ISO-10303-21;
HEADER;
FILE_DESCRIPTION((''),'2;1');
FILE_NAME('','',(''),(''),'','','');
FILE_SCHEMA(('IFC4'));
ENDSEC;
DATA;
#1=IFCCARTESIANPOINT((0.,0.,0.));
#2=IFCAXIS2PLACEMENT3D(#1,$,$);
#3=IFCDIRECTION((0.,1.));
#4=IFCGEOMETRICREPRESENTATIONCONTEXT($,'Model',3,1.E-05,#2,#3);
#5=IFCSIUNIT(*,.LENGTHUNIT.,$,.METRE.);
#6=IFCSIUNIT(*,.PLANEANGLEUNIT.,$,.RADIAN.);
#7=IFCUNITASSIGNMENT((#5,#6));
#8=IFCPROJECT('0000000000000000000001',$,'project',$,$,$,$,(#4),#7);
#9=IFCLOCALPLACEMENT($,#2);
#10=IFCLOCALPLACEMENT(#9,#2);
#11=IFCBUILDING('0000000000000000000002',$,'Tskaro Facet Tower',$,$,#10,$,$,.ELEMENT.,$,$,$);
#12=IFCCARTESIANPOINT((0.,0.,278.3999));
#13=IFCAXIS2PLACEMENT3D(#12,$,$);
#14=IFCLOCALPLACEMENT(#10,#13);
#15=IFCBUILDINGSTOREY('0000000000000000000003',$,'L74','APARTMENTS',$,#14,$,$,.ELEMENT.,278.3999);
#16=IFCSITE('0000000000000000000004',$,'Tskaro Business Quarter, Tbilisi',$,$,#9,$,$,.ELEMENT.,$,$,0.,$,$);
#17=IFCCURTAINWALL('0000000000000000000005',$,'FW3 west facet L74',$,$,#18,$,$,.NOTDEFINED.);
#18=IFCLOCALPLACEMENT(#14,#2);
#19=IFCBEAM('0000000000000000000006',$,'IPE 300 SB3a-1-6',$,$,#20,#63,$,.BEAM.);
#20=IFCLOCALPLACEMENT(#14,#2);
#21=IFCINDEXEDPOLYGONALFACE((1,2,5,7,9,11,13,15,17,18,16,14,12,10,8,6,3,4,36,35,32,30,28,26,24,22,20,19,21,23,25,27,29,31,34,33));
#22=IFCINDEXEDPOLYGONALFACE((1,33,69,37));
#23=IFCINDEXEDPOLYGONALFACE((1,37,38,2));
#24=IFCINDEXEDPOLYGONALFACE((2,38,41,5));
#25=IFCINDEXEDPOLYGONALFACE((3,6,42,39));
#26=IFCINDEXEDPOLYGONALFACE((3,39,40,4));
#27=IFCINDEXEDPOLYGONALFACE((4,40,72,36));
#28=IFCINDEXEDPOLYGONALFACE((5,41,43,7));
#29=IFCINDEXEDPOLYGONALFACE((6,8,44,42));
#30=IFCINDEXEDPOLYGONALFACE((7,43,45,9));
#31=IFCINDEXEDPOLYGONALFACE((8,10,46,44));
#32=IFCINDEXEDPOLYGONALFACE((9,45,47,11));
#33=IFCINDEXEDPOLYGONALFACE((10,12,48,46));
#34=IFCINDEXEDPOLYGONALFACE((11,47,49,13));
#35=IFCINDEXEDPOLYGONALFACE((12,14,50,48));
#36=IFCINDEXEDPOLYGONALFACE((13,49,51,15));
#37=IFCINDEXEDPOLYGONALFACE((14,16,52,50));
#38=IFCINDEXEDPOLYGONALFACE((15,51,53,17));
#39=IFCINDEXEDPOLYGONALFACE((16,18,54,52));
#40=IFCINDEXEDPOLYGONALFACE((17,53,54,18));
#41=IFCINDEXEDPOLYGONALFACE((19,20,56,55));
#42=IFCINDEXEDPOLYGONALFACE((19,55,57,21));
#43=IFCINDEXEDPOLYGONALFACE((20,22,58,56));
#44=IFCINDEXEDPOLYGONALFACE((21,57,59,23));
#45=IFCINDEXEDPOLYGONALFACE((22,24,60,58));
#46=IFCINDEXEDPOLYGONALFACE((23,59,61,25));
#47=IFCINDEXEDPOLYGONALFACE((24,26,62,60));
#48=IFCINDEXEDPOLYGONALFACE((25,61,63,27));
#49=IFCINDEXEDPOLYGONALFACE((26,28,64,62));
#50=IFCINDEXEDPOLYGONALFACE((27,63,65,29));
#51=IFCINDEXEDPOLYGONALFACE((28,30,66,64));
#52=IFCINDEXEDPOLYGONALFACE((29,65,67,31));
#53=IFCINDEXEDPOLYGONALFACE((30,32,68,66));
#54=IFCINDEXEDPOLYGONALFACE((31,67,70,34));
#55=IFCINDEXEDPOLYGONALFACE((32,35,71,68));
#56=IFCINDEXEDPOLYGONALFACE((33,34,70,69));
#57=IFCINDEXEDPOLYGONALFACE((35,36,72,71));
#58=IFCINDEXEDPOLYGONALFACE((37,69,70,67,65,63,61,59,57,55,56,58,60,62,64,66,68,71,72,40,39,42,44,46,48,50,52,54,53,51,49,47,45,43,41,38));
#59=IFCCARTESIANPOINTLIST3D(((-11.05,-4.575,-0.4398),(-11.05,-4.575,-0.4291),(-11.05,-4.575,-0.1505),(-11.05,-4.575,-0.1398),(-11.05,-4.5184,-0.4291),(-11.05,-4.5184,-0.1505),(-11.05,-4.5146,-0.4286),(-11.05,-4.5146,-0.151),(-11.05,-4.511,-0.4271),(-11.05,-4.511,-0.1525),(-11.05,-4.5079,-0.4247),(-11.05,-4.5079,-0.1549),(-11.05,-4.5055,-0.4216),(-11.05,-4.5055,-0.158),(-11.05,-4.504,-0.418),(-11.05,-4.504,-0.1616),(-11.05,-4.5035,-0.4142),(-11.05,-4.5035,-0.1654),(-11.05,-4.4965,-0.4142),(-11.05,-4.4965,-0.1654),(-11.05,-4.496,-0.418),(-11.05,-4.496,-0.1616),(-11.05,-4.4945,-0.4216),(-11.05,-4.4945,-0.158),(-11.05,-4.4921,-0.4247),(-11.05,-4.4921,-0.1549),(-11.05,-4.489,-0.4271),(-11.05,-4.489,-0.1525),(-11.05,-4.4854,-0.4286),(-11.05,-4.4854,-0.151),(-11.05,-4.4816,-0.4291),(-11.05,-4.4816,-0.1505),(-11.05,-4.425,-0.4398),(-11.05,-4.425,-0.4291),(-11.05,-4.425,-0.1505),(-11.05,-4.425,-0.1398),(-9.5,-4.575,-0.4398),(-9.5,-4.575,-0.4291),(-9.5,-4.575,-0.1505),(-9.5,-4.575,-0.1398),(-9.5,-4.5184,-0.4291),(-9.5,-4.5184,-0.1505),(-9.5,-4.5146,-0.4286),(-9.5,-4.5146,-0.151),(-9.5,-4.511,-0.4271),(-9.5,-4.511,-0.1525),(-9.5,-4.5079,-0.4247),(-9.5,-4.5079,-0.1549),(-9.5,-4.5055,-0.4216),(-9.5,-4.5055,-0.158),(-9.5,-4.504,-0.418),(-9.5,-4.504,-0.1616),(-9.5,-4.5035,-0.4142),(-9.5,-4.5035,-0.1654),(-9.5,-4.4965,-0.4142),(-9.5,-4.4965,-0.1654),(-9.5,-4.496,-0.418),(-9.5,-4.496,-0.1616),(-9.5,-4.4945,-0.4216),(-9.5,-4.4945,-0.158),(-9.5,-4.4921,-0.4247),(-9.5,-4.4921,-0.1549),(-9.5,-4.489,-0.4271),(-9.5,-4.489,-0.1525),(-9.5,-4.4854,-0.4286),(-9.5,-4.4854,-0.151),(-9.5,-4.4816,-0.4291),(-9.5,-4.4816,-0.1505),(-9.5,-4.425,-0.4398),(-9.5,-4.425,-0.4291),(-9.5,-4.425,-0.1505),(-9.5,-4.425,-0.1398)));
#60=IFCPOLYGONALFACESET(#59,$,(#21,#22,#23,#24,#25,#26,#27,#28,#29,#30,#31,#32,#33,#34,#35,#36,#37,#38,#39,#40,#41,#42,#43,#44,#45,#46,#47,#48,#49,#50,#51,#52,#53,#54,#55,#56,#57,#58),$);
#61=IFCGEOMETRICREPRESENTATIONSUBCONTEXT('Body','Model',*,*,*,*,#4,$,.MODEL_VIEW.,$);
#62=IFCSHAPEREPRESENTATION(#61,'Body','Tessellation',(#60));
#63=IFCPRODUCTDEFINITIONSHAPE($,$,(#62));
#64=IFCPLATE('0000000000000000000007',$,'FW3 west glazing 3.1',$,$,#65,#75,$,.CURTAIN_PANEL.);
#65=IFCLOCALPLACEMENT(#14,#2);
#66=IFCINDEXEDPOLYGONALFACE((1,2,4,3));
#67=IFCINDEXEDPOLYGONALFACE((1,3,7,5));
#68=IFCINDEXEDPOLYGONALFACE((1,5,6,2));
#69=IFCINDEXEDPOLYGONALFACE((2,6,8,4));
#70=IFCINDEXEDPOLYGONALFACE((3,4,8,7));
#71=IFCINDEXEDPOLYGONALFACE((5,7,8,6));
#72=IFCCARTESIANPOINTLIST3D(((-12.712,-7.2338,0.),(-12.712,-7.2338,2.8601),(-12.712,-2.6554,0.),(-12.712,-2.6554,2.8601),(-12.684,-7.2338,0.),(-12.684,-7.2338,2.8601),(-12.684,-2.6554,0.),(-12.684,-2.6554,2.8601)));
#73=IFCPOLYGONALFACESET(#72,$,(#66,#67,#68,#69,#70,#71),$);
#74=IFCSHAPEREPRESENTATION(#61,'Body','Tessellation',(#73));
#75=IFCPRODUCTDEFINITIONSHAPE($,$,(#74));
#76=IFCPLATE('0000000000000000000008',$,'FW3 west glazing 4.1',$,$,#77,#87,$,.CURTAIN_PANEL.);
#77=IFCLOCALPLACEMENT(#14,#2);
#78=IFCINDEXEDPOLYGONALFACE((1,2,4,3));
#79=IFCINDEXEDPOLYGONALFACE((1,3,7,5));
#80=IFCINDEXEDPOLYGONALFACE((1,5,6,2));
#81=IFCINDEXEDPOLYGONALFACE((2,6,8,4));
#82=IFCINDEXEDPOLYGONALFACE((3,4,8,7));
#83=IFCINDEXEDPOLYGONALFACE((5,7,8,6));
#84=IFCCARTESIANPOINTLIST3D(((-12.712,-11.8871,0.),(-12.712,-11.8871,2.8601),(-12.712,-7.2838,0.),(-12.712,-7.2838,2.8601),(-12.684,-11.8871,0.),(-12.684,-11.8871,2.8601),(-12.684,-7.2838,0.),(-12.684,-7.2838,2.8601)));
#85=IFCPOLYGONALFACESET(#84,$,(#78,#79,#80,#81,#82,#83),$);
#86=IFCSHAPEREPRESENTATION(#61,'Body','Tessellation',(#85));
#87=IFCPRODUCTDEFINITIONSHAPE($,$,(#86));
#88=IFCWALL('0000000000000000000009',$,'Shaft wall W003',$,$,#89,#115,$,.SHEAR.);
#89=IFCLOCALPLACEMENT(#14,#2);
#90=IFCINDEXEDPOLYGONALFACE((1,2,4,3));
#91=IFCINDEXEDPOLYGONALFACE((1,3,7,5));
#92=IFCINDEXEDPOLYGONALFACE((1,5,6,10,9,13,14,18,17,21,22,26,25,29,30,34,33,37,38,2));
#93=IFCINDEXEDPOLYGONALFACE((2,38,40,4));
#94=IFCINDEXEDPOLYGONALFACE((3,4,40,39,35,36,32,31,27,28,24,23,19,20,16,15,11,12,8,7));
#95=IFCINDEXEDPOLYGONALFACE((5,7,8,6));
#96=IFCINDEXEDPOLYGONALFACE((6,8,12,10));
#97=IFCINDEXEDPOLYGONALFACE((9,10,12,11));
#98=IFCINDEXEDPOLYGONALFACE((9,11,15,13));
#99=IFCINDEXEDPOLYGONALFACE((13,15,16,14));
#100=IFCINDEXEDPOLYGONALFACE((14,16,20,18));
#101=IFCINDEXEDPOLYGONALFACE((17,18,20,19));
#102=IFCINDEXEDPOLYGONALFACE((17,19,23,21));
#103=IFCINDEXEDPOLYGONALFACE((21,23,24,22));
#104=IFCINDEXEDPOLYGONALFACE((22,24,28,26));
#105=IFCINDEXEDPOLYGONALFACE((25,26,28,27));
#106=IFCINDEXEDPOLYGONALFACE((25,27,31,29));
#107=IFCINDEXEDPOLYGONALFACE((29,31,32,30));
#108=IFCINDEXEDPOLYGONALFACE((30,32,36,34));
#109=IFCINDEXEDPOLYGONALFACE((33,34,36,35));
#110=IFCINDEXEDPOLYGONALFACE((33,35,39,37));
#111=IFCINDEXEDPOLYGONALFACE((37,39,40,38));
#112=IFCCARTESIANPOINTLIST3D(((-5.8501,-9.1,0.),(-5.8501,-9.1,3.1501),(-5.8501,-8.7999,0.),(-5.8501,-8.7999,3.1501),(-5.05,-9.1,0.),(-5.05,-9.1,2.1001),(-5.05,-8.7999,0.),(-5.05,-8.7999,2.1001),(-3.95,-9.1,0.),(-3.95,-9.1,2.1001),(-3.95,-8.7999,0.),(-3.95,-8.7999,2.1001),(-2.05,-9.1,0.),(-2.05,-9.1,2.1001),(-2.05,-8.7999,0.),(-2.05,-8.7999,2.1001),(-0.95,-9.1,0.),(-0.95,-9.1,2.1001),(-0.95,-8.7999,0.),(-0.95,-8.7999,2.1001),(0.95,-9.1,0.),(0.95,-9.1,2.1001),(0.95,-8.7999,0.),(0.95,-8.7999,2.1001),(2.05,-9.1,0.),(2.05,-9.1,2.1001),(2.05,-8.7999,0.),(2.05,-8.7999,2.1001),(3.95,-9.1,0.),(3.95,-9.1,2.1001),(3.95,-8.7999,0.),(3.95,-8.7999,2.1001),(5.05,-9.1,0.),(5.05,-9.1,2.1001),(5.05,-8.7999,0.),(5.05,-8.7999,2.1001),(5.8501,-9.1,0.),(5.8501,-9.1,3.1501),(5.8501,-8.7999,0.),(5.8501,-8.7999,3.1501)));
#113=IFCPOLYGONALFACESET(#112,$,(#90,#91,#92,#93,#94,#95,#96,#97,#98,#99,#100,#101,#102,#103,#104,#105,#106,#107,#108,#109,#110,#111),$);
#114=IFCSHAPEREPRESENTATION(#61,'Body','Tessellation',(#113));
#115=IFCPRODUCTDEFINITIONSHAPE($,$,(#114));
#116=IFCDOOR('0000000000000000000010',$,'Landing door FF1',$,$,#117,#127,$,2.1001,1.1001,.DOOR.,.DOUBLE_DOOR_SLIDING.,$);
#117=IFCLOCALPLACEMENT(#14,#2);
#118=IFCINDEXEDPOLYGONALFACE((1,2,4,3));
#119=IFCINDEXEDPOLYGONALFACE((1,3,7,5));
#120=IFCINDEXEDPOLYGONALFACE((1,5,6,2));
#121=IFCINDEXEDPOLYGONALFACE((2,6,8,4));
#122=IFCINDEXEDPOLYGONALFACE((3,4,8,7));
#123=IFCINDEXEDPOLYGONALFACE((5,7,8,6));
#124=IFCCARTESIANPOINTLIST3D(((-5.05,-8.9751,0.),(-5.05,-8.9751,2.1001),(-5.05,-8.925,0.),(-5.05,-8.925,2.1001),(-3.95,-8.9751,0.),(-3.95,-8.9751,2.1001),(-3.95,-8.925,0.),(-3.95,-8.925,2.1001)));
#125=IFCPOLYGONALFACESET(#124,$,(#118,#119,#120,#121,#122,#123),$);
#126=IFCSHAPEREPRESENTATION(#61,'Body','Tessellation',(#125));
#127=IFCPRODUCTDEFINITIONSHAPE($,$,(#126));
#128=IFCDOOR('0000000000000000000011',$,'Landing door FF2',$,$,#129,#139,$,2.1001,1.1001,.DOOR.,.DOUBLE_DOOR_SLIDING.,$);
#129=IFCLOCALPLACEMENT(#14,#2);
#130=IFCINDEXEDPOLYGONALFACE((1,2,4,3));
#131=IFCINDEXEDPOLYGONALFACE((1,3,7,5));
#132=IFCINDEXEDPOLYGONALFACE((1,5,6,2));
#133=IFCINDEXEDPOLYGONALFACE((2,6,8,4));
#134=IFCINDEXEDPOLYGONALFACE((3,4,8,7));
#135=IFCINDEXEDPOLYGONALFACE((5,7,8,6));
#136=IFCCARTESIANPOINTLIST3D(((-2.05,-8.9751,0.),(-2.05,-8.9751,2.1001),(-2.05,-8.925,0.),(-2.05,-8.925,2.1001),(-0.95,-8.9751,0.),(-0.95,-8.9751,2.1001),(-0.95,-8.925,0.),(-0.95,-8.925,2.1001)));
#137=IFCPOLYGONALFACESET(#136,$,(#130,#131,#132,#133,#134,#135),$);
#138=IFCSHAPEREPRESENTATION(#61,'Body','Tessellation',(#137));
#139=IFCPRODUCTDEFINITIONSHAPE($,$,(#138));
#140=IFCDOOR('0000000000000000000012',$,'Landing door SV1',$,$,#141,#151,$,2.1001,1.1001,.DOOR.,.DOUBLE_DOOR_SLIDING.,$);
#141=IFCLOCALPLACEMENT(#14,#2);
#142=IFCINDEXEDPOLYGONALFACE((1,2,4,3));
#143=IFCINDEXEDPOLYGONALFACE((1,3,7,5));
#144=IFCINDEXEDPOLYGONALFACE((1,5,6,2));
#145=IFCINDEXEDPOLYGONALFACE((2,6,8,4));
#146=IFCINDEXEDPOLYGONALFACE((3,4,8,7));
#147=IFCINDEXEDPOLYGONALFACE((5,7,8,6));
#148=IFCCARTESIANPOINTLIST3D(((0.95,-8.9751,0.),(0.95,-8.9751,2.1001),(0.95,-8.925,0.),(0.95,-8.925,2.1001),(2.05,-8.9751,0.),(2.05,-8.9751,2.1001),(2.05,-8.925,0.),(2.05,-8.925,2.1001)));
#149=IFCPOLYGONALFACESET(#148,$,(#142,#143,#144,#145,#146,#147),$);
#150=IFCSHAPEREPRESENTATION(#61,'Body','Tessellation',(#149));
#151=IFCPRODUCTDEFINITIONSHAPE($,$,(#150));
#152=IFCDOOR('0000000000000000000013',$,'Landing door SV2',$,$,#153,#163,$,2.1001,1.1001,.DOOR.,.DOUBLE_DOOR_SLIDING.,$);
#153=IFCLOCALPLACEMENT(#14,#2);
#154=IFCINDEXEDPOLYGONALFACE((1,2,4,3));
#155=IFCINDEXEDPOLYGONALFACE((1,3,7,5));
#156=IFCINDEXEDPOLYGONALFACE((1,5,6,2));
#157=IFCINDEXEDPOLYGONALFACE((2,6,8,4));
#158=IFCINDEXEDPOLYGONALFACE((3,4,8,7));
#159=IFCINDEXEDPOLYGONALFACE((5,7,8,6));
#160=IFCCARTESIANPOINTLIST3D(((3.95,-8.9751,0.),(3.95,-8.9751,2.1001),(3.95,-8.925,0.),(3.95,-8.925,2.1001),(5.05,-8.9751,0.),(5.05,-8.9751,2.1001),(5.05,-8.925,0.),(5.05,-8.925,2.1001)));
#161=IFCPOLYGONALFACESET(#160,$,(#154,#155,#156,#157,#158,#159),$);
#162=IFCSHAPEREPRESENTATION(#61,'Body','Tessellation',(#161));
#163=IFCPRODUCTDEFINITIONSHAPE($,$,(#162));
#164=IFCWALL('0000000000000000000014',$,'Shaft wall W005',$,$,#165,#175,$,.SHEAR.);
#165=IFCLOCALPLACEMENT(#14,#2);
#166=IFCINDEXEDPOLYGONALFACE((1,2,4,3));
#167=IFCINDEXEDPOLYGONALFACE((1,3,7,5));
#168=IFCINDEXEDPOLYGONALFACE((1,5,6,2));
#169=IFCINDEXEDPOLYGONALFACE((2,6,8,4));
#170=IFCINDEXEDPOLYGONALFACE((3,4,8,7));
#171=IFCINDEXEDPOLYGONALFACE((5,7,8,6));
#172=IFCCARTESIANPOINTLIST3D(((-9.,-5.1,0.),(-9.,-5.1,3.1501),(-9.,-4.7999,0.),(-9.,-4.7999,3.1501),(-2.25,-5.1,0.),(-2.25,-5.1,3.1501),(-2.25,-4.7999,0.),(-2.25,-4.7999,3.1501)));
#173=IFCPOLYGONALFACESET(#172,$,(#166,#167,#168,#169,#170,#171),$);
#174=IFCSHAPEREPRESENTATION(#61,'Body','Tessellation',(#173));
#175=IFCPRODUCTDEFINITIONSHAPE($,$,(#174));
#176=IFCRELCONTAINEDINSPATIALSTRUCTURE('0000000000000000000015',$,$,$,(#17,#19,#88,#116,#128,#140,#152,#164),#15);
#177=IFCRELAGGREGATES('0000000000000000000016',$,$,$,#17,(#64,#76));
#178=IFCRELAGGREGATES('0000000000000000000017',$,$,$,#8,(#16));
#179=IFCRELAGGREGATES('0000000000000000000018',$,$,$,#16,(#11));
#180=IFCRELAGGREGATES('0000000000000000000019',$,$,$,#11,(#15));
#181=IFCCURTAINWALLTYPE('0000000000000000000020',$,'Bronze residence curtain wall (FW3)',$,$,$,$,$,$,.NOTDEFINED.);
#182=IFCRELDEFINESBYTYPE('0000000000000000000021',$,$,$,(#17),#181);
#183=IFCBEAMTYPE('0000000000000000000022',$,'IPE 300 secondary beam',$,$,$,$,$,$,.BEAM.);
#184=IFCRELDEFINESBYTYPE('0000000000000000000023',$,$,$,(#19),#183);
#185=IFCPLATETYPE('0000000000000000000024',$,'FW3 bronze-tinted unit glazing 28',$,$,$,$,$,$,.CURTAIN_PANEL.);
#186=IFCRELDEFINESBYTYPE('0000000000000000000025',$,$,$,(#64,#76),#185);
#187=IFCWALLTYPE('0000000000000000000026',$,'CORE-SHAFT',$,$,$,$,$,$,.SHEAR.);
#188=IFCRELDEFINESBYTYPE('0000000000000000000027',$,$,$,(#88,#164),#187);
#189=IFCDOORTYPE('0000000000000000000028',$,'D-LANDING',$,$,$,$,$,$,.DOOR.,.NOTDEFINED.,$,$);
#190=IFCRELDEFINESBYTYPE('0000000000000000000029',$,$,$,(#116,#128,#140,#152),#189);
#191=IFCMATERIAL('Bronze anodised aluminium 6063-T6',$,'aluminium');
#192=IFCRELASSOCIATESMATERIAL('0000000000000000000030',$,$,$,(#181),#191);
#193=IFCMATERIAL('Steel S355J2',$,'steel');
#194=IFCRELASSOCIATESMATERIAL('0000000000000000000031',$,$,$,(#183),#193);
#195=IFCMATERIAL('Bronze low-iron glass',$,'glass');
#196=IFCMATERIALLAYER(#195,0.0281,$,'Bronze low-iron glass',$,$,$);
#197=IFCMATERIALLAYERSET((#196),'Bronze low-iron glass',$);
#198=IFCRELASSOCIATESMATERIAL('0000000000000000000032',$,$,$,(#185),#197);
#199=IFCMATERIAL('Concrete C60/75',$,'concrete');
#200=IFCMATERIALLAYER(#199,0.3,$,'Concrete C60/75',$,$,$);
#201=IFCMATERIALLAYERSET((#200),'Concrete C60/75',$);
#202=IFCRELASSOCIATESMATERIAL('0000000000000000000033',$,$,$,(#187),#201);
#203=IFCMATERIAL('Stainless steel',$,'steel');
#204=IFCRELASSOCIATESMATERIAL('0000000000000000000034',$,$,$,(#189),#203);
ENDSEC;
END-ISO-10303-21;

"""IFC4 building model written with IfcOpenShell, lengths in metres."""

from ifc_helpers import new_model, si_unit, direction, frame, frame_2d, origin, origin_2d, place, context, subcontext, project, spatial, rectangle, i_section, extrude, material, layer, layer_set, material_profile, profile_set, type_object, element, fill, aggregate, save


model = new_model("IFC4")

# Units and contexts
model_context = context("Model", 3, precision=1e-05, world=origin(), true_north=direction((0.0, 1.0)))
body_context = subcontext(model_context, "Body", "Model", "MODEL_VIEW")
ifc_project = project(units=[si_unit("LENGTHUNIT", "METRE"), si_unit("PLANEANGLEUNIT", "RADIAN")], contexts=[model_context])

# Site, building, storey
site_placement = place(None, origin())
site = spatial("IfcSite", under=ifc_project, at=site_placement, Name="Tskaro Business Quarter, Tbilisi", CompositionType="ELEMENT", RefElevation=0.0)
building_placement = place(site_placement, origin())
building = spatial("IfcBuilding", under=site, at=building_placement, Name="Tskaro Facet Tower", CompositionType="ELEMENT")
storey_placement = place(building_placement, frame((0.0, 0.0, 278.3999)))
storey = spatial("IfcBuildingStorey", under=building, at=storey_placement, Name="L74", Description="APARTMENTS", CompositionType="ELEMENT", Elevation=278.3999)

# Curtain wall
ifc_material_1 = material(Name="Bronze anodised aluminium 6063-T6", Category="aluminium")
curtain_wall_type = type_object("IfcCurtainWallType", Name="Bronze residence curtain wall (FW3)", PredefinedType="NOTDEFINED", material=ifc_material_1)
curtain_wall_placement = place(storey_placement, origin())
curtain_wall = element("IfcCurtainWall", 1, at=curtain_wall_placement, inside=storey, type_object=curtain_wall_type, Name="FW3 west facet L74", PredefinedType="NOTDEFINED")

# Beam
ifc_material_2 = material(Name="Steel S355J2", Category="steel")
ifc_material_profile_1 = material_profile(ifc_material_2, i_section(OverallWidth=0.1499, OverallDepth=0.3, WebThickness=0.0071, FlangeThickness=0.0107, FilletRadius=0.0149, at=origin_2d()), Name="IPE 300")
ifc_profile_set_1 = profile_set([ifc_material_profile_1], Name="Steel S355J2")
beam_type_1 = type_object("IfcBeamType", Name="IPE 300 secondary beam", PredefinedType="BEAM", material=ifc_profile_set_1)
beam_1_placement = place(storey_placement, frame((-11.05, -4.5, -0.2898), z_axis=(1.0, 0.0, 0.0), x_axis=(0.0, 1.0, 0.0)))
element("IfcBeam", 2, at=beam_1_placement, inside=storey, type_object=beam_type_1, Name="IPE 300 SB3a-1-6", PredefinedType="BEAM", context=body_context, shape_type="SweptSolid", body=[
    extrude(i_section(OverallWidth=0.1499, OverallDepth=0.3, WebThickness=0.0071, FlangeThickness=0.0107, FilletRadius=0.0149, at=origin_2d()), origin(), (0.0, 0.0, 1.0), 1.55),
])

# Plates
ifc_material_3 = material(Name="Bronze low-iron glass", Category="glass")
ifc_layer_1 = layer(ifc_material_3, 0.0281, Name="Bronze low-iron glass")
ifc_layer_set_1 = layer_set([ifc_layer_1], Name="Bronze low-iron glass")
plate_type = type_object("IfcPlateType", Name="FW3 bronze-tinted unit glazing 28", PredefinedType="CURTAIN_PANEL", material=ifc_layer_set_1)
plate_1_placement = place(storey_placement, frame((-12.698, -4.9446, 0.0), z_axis=(0.0, 0.0, 1.0), x_axis=(0.0, -1.0, 0.0)))
plate_1 = element("IfcPlate", 3, at=plate_1_placement, type_object=plate_type, Name="FW3 west glazing 3.1", PredefinedType="CURTAIN_PANEL", context=body_context, shape_type="SweptSolid", body=[
    extrude(rectangle(XDim=4.5784, YDim=0.0281, at=origin_2d()), origin(), (0.0, 0.0, 1.0), 2.8601),
])
plate_2_placement = place(storey_placement, frame((-12.698, -9.5854, 0.0), z_axis=(0.0, 0.0, 1.0), x_axis=(0.0, -1.0, 0.0)))
plate_2 = element("IfcPlate", 4, at=plate_2_placement, type_object=plate_type, Name="FW3 west glazing 4.1", PredefinedType="CURTAIN_PANEL", context=body_context, shape_type="SweptSolid", body=[
    extrude(rectangle(XDim=4.6033, YDim=0.0281, at=origin_2d()), origin(), (0.0, 0.0, 1.0), 2.8601),
])
aggregate(curtain_wall, [plate_1, plate_2])

# Wall, openings, doors
ifc_material_4 = material(Name="Concrete C60/75", Category="concrete")
ifc_layer_2 = layer(ifc_material_4, 0.3, Name="Concrete C60/75")
ifc_layer_set_2 = layer_set([ifc_layer_2], Name="Concrete C60/75")
wall_type_1 = type_object("IfcWallType", Name="CORE-SHAFT", PredefinedType="SHEAR", material=ifc_layer_set_2)
wall_1_placement = place(storey_placement, frame((-5.8501, -8.95, 0.0), z_axis=(0.0, 0.0, 1.0), x_axis=(1.0, 0.0, 0.0)))
wall_1 = element("IfcWall", 5, at=wall_1_placement, inside=storey, type_object=wall_type_1, Name="Shaft wall W003", PredefinedType="SHEAR", context=body_context, shape_type="SweptSolid", body=[
    extrude(rectangle(XDim=11.7002, YDim=0.3, at=frame_2d((5.8501, 0.0))), origin(), (0.0, 0.0, 1.0), 3.1501),
])
opening_1_placement = place(wall_1_placement, frame((0.8, 0.0, 0.0)))
opening_1 = element("IfcOpeningElement", 6, at=opening_1_placement, cuts=wall_1, PredefinedType="OPENING", context=body_context, shape_type="SweptSolid", body=[
    extrude(rectangle(XDim=1.1001, YDim=2.1001, at=frame_2d((0.55, 1.05))), frame((0.0, 0.1599, 0.0), z_axis=(0.0, -1.0, 0.0), x_axis=(1.0, 0.0, 0.0)), (0.0, 0.0, 1.0), 0.3201),
])
opening_2_placement = place(wall_1_placement, frame((3.8, 0.0, 0.0)))
opening_2 = element("IfcOpeningElement", 7, at=opening_2_placement, cuts=wall_1, PredefinedType="OPENING", context=body_context, shape_type="SweptSolid", body=[
    extrude(rectangle(XDim=1.1001, YDim=2.1001, at=frame_2d((0.55, 1.05))), frame((0.0, 0.1599, 0.0), z_axis=(0.0, -1.0, 0.0), x_axis=(1.0, 0.0, 0.0)), (0.0, 0.0, 1.0), 0.3201),
])
opening_3_placement = place(wall_1_placement, frame((6.8, 0.0, 0.0)))
opening_3 = element("IfcOpeningElement", 8, at=opening_3_placement, cuts=wall_1, PredefinedType="OPENING", context=body_context, shape_type="SweptSolid", body=[
    extrude(rectangle(XDim=1.1001, YDim=2.1001, at=frame_2d((0.55, 1.05))), frame((0.0, 0.1599, 0.0), z_axis=(0.0, -1.0, 0.0), x_axis=(1.0, 0.0, 0.0)), (0.0, 0.0, 1.0), 0.3201),
])
opening_4_placement = place(wall_1_placement, frame((9.8, 0.0, 0.0)))
opening_4 = element("IfcOpeningElement", 9, at=opening_4_placement, cuts=wall_1, PredefinedType="OPENING", context=body_context, shape_type="SweptSolid", body=[
    extrude(rectangle(XDim=1.1001, YDim=2.1001, at=frame_2d((0.55, 1.05))), frame((0.0, 0.1599, 0.0), z_axis=(0.0, -1.0, 0.0), x_axis=(1.0, 0.0, 0.0)), (0.0, 0.0, 1.0), 0.3201),
])
ifc_material_5 = material(Name="Stainless steel", Category="steel")
door_type = type_object("IfcDoorType", Name="D-LANDING", OperationType="NOTDEFINED", PredefinedType="DOOR", material=ifc_material_5)
door_1_placement = place(opening_1_placement, origin())
door_1 = element("IfcDoor", 10, at=door_1_placement, inside=storey, type_object=door_type, Name="Landing door FF1", OperationType="DOUBLE_DOOR_SLIDING", OverallHeight=2.1001, OverallWidth=1.1001, PredefinedType="DOOR", context=body_context, shape_type="SweptSolid", body=[
    extrude(rectangle(XDim=1.1001, YDim=2.1001, at=frame_2d((0.55, 1.05))), frame((0.0, 0.0249, 0.0), z_axis=(0.0, -1.0, 0.0), x_axis=(1.0, 0.0, 0.0)), (0.0, 0.0, 1.0), 0.05),
])
fill(opening_1, door_1)
door_2_placement = place(opening_2_placement, origin())
door_2 = element("IfcDoor", 11, at=door_2_placement, inside=storey, type_object=door_type, Name="Landing door FF2", OperationType="DOUBLE_DOOR_SLIDING", OverallHeight=2.1001, OverallWidth=1.1001, PredefinedType="DOOR", context=body_context, shape_type="SweptSolid", body=[
    extrude(rectangle(XDim=1.1001, YDim=2.1001, at=frame_2d((0.55, 1.05))), frame((0.0, 0.0249, 0.0), z_axis=(0.0, -1.0, 0.0), x_axis=(1.0, 0.0, 0.0)), (0.0, 0.0, 1.0), 0.05),
])
fill(opening_2, door_2)
door_3_placement = place(opening_3_placement, origin())
door_3 = element("IfcDoor", 12, at=door_3_placement, inside=storey, type_object=door_type, Name="Landing door SV1", OperationType="DOUBLE_DOOR_SLIDING", OverallHeight=2.1001, OverallWidth=1.1001, PredefinedType="DOOR", context=body_context, shape_type="SweptSolid", body=[
    extrude(rectangle(XDim=1.1001, YDim=2.1001, at=frame_2d((0.55, 1.05))), frame((0.0, 0.0249, 0.0), z_axis=(0.0, -1.0, 0.0), x_axis=(1.0, 0.0, 0.0)), (0.0, 0.0, 1.0), 0.05),
])
fill(opening_3, door_3)
door_4_placement = place(opening_4_placement, origin())
door_4 = element("IfcDoor", 13, at=door_4_placement, inside=storey, type_object=door_type, Name="Landing door SV2", OperationType="DOUBLE_DOOR_SLIDING", OverallHeight=2.1001, OverallWidth=1.1001, PredefinedType="DOOR", context=body_context, shape_type="SweptSolid", body=[
    extrude(rectangle(XDim=1.1001, YDim=2.1001, at=frame_2d((0.55, 1.05))), frame((0.0, 0.0249, 0.0), z_axis=(0.0, -1.0, 0.0), x_axis=(1.0, 0.0, 0.0)), (0.0, 0.0, 1.0), 0.05),
])
fill(opening_4, door_4)

# Wall
wall_2_placement = place(storey_placement, frame((-9.0, -4.95, 0.0), z_axis=(0.0, 0.0, 1.0), x_axis=(1.0, 0.0, 0.0)))
element("IfcWall", 14, at=wall_2_placement, inside=storey, type_object=wall_type_1, Name="Shaft wall W005", PredefinedType="SHEAR", context=body_context, shape_type="SweptSolid", body=[
    extrude(rectangle(XDim=6.75, YDim=0.3, at=frame_2d((3.375, 0.0))), origin(), (0.0, 0.0, 1.0), 3.1501),
])

save(model, "model.ifc")
